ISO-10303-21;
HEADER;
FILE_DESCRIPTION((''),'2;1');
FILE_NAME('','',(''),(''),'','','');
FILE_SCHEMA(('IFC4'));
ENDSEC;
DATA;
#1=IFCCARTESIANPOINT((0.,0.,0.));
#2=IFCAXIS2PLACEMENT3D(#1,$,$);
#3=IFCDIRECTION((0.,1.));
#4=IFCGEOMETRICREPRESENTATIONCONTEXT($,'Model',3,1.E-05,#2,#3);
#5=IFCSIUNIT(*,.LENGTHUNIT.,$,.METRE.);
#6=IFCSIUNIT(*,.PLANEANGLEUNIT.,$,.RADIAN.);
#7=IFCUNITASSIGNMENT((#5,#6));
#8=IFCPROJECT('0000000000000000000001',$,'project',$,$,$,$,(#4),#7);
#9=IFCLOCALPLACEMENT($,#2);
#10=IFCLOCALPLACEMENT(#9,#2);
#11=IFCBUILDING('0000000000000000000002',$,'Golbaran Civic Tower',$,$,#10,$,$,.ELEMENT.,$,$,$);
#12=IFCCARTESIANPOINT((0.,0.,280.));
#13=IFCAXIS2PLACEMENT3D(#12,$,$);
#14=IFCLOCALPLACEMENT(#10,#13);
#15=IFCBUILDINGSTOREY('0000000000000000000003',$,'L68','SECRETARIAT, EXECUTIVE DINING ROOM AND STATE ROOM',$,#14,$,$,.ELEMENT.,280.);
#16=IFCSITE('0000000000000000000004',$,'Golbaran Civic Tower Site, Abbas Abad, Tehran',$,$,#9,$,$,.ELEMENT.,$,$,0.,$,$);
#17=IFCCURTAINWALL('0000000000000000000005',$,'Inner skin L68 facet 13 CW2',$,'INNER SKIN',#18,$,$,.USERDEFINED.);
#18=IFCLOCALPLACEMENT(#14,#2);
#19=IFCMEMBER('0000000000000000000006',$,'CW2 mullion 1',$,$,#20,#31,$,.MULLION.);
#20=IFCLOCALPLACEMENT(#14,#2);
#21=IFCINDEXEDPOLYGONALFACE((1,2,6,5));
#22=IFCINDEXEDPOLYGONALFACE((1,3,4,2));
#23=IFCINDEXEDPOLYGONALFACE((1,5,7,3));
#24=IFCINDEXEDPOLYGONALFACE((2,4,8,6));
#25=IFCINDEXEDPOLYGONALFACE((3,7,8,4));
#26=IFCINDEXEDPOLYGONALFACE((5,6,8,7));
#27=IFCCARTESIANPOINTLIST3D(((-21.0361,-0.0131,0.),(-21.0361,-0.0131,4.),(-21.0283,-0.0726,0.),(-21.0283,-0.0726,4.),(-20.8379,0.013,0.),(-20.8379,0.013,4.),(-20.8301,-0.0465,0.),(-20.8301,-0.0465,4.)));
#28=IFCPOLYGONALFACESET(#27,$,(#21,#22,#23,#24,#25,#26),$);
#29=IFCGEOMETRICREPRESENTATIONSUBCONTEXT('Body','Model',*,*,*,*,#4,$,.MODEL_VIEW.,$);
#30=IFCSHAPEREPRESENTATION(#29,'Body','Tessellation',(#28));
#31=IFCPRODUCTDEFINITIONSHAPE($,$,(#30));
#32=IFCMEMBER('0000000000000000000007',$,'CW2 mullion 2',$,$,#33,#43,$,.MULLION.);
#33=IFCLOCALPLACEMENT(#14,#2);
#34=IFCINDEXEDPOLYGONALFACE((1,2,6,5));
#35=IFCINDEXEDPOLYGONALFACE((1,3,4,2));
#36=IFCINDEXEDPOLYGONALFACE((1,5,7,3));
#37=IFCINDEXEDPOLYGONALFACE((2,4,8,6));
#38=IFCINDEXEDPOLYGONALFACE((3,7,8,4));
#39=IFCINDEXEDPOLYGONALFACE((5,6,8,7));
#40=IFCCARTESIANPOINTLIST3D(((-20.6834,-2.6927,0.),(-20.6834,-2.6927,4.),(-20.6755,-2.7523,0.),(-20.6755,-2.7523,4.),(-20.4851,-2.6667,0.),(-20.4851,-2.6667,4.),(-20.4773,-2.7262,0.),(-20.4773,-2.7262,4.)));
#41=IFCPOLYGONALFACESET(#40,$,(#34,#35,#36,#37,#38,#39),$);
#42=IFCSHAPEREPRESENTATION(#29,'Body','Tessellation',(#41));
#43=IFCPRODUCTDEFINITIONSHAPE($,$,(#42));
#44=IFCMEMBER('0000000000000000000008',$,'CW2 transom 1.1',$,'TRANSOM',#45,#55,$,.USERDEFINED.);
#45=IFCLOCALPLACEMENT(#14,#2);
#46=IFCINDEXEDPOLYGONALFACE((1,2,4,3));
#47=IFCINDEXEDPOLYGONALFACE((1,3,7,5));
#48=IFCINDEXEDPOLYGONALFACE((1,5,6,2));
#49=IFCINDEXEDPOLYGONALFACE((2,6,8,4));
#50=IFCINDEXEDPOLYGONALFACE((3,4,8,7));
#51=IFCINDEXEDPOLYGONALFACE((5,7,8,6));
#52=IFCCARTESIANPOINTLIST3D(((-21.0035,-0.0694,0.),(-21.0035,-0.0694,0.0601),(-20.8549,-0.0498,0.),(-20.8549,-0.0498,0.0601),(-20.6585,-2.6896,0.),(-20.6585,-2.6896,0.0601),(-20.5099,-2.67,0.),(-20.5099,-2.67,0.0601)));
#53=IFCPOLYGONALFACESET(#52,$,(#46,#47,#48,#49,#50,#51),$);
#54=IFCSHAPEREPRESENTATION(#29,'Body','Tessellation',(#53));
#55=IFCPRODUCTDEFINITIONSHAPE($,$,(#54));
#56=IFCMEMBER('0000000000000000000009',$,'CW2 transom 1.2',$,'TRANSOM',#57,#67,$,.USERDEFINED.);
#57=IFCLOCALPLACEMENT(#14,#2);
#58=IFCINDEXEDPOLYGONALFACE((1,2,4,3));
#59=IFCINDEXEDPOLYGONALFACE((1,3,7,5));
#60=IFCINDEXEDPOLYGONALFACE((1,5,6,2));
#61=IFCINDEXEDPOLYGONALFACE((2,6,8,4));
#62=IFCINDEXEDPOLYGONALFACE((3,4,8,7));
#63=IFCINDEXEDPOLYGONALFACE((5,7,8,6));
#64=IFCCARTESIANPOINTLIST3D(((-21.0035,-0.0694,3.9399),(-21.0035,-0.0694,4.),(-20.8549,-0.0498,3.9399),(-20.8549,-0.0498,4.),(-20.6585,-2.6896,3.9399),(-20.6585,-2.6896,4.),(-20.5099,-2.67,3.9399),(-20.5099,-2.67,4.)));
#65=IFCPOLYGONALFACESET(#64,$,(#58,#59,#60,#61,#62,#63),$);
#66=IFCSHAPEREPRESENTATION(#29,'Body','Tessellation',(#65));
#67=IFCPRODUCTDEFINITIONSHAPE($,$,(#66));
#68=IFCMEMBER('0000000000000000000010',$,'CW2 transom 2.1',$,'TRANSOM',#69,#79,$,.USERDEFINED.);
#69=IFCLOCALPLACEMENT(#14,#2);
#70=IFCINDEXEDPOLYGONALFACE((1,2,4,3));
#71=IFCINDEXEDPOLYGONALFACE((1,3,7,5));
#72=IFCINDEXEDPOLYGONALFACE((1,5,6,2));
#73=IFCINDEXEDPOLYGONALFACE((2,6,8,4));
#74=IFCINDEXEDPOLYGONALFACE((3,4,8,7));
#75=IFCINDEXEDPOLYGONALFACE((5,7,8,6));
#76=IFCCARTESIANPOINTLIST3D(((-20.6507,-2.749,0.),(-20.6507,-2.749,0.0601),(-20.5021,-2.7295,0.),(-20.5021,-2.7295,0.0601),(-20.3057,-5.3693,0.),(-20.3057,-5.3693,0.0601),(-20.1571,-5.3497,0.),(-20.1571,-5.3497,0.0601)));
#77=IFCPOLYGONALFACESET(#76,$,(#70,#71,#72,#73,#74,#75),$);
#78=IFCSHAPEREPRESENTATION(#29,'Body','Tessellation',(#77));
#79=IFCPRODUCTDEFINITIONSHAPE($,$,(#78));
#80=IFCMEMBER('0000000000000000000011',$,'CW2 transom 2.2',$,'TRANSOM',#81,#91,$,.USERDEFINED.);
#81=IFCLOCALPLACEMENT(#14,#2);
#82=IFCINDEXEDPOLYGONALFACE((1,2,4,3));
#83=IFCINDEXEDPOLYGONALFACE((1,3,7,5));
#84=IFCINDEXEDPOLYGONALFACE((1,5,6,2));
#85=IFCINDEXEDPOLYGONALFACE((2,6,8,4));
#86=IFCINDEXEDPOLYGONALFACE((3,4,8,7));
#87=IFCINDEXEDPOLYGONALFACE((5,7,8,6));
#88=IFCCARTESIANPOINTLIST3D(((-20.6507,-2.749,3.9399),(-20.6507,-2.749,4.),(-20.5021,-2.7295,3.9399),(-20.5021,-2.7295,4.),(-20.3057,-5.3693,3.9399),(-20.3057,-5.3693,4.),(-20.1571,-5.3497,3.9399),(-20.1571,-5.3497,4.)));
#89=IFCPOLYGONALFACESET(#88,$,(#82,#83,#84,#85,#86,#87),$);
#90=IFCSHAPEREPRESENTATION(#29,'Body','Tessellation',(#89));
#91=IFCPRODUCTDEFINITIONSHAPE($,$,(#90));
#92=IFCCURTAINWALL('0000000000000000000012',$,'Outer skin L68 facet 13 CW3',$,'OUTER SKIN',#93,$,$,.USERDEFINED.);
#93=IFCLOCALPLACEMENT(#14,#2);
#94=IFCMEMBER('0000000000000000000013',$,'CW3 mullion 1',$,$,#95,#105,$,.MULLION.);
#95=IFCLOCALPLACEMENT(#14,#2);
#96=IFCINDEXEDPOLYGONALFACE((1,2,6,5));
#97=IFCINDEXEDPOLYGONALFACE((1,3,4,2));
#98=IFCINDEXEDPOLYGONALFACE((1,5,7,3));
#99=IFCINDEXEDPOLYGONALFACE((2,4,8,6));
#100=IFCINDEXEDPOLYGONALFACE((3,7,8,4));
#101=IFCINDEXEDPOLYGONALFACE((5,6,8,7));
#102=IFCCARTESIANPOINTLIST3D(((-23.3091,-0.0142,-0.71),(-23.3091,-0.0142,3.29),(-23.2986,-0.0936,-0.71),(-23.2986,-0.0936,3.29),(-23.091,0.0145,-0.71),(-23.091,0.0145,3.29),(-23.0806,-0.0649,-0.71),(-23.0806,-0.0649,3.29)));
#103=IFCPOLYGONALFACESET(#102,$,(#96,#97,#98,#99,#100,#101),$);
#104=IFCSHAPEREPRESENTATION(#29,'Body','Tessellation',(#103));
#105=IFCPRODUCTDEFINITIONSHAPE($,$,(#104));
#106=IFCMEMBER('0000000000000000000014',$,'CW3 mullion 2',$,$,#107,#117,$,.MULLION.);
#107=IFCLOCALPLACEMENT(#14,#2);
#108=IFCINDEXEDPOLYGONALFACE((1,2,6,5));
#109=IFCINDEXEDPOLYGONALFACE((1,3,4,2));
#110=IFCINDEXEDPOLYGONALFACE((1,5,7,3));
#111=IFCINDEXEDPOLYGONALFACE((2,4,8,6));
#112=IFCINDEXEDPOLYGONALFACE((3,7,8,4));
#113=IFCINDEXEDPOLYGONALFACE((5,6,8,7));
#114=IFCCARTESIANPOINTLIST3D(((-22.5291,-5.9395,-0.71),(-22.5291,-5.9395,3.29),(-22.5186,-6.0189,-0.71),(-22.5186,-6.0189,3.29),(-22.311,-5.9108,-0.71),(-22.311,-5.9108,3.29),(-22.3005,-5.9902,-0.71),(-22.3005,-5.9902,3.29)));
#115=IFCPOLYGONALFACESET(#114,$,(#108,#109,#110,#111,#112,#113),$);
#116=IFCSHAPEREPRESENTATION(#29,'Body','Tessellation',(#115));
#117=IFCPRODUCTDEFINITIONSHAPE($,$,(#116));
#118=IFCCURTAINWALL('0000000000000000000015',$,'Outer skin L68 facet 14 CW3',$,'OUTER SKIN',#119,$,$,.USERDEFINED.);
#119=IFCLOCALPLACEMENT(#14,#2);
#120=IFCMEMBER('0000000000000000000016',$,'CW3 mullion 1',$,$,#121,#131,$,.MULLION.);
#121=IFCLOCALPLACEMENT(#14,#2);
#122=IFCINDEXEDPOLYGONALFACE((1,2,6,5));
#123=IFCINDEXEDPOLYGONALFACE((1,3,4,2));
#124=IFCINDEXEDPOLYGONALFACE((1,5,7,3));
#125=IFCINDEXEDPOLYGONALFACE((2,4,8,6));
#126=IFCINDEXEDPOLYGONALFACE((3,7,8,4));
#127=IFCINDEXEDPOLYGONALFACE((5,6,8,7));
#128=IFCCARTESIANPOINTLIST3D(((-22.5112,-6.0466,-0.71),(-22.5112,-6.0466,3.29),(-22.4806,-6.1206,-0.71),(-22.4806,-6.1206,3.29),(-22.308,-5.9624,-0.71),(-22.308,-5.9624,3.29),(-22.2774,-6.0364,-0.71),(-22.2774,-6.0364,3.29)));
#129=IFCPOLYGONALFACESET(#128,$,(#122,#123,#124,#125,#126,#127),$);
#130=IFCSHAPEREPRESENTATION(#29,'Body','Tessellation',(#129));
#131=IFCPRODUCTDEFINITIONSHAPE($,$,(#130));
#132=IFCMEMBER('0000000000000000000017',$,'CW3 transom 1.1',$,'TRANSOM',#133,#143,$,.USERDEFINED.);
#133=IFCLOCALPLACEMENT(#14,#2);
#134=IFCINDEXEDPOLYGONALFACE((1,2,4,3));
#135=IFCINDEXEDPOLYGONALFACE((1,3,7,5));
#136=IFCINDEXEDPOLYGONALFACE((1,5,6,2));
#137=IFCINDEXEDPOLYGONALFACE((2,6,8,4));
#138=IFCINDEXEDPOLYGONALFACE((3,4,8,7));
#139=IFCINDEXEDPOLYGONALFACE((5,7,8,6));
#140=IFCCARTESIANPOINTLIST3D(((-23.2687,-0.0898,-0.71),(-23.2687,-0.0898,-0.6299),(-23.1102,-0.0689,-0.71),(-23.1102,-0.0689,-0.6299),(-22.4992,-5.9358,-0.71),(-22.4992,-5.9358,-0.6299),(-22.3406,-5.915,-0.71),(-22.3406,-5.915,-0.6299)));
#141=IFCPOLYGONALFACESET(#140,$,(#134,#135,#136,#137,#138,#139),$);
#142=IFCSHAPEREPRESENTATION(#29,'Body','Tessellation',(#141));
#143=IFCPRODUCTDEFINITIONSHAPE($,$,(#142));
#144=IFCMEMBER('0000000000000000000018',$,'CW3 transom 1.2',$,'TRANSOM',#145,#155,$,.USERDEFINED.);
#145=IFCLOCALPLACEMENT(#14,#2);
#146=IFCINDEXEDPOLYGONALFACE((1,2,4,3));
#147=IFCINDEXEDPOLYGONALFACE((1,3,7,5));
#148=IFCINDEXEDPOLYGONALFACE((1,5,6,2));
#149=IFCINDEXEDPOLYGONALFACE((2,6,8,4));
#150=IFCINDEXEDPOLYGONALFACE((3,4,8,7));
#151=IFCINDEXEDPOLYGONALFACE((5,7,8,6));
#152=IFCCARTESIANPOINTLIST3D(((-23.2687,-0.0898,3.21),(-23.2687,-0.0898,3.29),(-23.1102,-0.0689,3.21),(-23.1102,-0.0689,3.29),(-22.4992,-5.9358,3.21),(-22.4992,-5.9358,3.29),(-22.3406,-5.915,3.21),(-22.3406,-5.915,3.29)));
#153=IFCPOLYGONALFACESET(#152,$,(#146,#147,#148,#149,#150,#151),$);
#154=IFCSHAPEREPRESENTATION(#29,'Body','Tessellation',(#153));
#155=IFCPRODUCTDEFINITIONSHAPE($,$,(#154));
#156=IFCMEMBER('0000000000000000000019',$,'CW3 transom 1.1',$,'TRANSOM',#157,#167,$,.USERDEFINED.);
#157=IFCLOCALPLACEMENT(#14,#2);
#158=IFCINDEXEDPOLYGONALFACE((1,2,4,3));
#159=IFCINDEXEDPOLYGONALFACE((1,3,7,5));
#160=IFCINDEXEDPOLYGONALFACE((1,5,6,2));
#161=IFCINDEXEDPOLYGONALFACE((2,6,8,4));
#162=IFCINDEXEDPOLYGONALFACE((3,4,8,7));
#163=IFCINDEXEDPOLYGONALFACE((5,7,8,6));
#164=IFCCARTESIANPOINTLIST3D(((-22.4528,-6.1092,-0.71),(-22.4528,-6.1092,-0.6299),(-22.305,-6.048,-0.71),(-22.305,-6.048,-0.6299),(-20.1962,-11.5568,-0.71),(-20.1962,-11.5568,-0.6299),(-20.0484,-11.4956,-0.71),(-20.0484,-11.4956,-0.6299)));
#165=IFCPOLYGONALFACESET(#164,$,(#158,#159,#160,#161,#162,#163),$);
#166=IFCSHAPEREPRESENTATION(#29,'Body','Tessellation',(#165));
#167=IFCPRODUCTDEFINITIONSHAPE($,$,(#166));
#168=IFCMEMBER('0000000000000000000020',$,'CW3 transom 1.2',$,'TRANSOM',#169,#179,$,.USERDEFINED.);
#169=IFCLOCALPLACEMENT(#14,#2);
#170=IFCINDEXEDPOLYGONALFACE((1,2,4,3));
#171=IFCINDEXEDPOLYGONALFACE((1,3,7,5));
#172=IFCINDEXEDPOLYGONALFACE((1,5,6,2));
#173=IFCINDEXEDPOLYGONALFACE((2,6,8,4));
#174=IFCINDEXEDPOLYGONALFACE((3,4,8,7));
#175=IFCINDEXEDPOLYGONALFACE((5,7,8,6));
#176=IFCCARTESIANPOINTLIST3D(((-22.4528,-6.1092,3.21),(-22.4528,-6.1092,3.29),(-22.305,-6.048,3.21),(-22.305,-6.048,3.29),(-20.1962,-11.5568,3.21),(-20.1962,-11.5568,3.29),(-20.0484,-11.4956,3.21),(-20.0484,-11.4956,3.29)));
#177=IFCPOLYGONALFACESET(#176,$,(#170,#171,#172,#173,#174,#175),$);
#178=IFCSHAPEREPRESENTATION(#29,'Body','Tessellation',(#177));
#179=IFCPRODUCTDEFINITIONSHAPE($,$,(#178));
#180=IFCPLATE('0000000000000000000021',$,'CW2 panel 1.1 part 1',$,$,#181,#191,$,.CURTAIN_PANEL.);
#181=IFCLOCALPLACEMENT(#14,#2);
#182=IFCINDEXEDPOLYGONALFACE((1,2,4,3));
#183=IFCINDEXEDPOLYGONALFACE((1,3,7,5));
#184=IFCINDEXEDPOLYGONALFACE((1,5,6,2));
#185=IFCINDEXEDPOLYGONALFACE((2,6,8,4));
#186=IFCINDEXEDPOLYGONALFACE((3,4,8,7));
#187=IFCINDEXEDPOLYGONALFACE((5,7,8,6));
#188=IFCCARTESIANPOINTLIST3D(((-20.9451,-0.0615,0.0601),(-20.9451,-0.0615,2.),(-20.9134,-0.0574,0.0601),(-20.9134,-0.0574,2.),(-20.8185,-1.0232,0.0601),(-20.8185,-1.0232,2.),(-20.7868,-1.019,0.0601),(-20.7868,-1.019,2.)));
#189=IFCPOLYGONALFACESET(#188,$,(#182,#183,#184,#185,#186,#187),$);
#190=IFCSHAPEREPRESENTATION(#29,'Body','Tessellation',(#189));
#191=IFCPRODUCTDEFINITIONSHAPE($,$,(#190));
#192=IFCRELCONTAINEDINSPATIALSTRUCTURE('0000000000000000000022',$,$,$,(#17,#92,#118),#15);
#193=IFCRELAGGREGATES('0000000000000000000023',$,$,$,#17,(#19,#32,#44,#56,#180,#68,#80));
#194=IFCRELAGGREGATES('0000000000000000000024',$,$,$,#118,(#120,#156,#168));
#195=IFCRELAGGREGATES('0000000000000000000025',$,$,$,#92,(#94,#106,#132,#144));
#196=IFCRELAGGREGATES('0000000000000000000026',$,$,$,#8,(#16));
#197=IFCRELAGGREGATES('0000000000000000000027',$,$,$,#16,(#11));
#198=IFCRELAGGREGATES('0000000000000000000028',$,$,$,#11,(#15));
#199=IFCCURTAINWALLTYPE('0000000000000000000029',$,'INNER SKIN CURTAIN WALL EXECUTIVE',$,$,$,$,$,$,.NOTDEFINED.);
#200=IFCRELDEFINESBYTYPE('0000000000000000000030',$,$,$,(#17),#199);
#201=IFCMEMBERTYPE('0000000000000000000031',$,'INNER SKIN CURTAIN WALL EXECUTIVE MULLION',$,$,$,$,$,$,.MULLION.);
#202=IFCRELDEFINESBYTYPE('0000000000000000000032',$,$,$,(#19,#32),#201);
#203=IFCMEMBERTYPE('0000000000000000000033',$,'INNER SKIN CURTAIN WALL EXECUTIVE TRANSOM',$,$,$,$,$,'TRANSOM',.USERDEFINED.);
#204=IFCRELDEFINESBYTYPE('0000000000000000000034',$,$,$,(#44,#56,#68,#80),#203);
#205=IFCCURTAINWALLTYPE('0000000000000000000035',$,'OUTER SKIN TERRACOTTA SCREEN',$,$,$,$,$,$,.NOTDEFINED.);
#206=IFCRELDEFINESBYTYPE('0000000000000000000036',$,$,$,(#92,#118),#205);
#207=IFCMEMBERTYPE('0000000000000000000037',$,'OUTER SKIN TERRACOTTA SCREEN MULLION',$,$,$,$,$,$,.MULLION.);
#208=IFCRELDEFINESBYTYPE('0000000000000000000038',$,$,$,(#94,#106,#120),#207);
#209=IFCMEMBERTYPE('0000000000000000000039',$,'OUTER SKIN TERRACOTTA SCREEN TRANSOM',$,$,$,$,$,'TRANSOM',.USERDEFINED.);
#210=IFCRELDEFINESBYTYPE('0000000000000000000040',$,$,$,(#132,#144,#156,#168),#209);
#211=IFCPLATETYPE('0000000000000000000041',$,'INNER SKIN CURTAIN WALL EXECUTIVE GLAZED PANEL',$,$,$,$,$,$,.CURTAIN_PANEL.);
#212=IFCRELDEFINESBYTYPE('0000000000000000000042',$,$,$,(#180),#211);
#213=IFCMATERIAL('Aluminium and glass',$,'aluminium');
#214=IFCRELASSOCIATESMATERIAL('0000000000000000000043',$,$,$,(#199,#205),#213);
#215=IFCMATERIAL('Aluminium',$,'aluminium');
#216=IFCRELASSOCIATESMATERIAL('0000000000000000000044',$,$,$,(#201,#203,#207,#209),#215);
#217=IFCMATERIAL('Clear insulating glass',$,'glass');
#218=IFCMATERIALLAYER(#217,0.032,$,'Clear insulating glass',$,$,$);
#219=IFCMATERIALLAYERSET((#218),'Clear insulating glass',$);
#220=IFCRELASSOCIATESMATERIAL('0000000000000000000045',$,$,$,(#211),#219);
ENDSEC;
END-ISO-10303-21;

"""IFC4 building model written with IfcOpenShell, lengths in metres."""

from ifc_helpers import new_model, si_unit, direction, frame, origin, origin_2d, place, context, subcontext, project, spatial, rectangle, extrude, material, layer, layer_set, material_profile, profile_set, type_object, element, aggregate, save


model = new_model("IFC4")

# Units and contexts
model_context = context("Model", 3, precision=1e-05, world=origin(), true_north=direction((0.0, 1.0)))
body_context = subcontext(model_context, "Body", "Model", "MODEL_VIEW")
ifc_project = project(units=[si_unit("LENGTHUNIT", "METRE"), si_unit("PLANEANGLEUNIT", "RADIAN")], contexts=[model_context])

# Site, building, storey
site_placement = place(None, origin())
site = spatial("IfcSite", under=ifc_project, at=site_placement, Name="Golbaran Civic Tower Site, Abbas Abad, Tehran", CompositionType="ELEMENT", RefElevation=0.0)
building_placement = place(site_placement, origin())
building = spatial("IfcBuilding", under=site, at=building_placement, Name="Golbaran Civic Tower", CompositionType="ELEMENT")
storey_placement = place(building_placement, frame((0.0, 0.0, 280.0)))
storey = spatial("IfcBuildingStorey", under=building, at=storey_placement, Name="L68", Description="SECRETARIAT, EXECUTIVE DINING ROOM AND STATE ROOM", CompositionType="ELEMENT", Elevation=280.0)

# Curtain walls, members
ifc_material_1 = material(Name="Aluminium and glass", Category="aluminium")
curtain_wall_type_1 = type_object("IfcCurtainWallType", Name="INNER SKIN CURTAIN WALL EXECUTIVE", PredefinedType="NOTDEFINED", material=ifc_material_1)
curtain_wall_1_placement = place(storey_placement, origin())
curtain_wall_1 = element("IfcCurtainWall", 1, at=curtain_wall_1_placement, inside=storey, type_object=curtain_wall_type_1, Name="Inner skin L68 facet 13 CW2", ObjectType="INNER SKIN", PredefinedType="USERDEFINED")
ifc_material_2 = material(Name="Aluminium", Category="aluminium")
ifc_material_profile_1 = material_profile(ifc_material_2, rectangle(XDim=0.2, YDim=0.0601, at=origin_2d()), Name="INNER SKIN CURTAIN WALL EXECUTIVE MULLION")
ifc_profile_set_1 = profile_set([ifc_material_profile_1], Name="Aluminium")
member_type_1 = type_object("IfcMemberType", Name="INNER SKIN CURTAIN WALL EXECUTIVE MULLION", PredefinedType="MULLION", material=ifc_profile_set_1)
member_1_placement = place(storey_placement, frame((-20.9331, -0.0298, 0.0), z_axis=(0.0, 0.0, 1.0), x_axis=(0.991445, 0.130526, 0.0)))
member_1 = element("IfcMember", 2, at=member_1_placement, type_object=member_type_1, Name="CW2 mullion 1", PredefinedType="MULLION", context=body_context, shape_type="SweptSolid", body=[
    extrude(rectangle(XDim=0.2, YDim=0.0601, at=origin_2d()), origin(), (0.0, 0.0, 1.0), 4.0),
])
member_2_placement = place(storey_placement, frame((-20.5803, -2.7095, 0.0), z_axis=(0.0, 0.0, 1.0), x_axis=(0.991445, 0.130526, 0.0)))
member_2 = element("IfcMember", 3, at=member_2_placement, type_object=member_type_1, Name="CW2 mullion 2", PredefinedType="MULLION", context=body_context, shape_type="SweptSolid", body=[
    extrude(rectangle(XDim=0.2, YDim=0.0601, at=origin_2d()), origin(), (0.0, 0.0, 1.0), 4.0),
])
ifc_material_profile_2 = material_profile(ifc_material_2, rectangle(XDim=0.1499, YDim=0.0601, at=origin_2d()), Name="INNER SKIN CURTAIN WALL EXECUTIVE TRANSOM")
ifc_profile_set_2 = profile_set([ifc_material_profile_2], Name="Aluminium")
member_type_2 = type_object("IfcMemberType", Name="INNER SKIN CURTAIN WALL EXECUTIVE TRANSOM", ElementType="TRANSOM", PredefinedType="USERDEFINED", material=ifc_profile_set_2)
member_3_placement = place(storey_placement, frame((-20.9292, -0.0596, 0.03), z_axis=(0.130536, -0.991444, 0.0), x_axis=(0.991444, 0.130536, 0.0)))
member_3 = element("IfcMember", 4, at=member_3_placement, type_object=member_type_2, Name="CW2 transom 1.1", ObjectType="TRANSOM", PredefinedType="USERDEFINED", context=body_context, shape_type="SweptSolid", body=[
    extrude(rectangle(XDim=0.1499, YDim=0.0601, at=origin_2d()), origin(), (0.0, 0.0, 1.0), 2.6428),
])
member_4_placement = place(storey_placement, frame((-20.9292, -0.0596, 3.97), z_axis=(0.130536, -0.991444, 0.0), x_axis=(0.991444, 0.130536, 0.0)))
member_4 = element("IfcMember", 5, at=member_4_placement, type_object=member_type_2, Name="CW2 transom 1.2", ObjectType="TRANSOM", PredefinedType="USERDEFINED", context=body_context, shape_type="SweptSolid", body=[
    extrude(rectangle(XDim=0.1499, YDim=0.0601, at=origin_2d()), origin(), (0.0, 0.0, 1.0), 2.6428),
])
member_5_placement = place(storey_placement, frame((-20.5764, -2.7393, 0.03), z_axis=(0.130536, -0.991444, 0.0), x_axis=(0.991444, 0.130536, 0.0)))
member_5 = element("IfcMember", 6, at=member_5_placement, type_object=member_type_2, Name="CW2 transom 2.1", ObjectType="TRANSOM", PredefinedType="USERDEFINED", context=body_context, shape_type="SweptSolid", body=[
    extrude(rectangle(XDim=0.1499, YDim=0.0601, at=origin_2d()), origin(), (0.0, 0.0, 1.0), 2.6428),
])
member_6_placement = place(storey_placement, frame((-20.5764, -2.7393, 3.97), z_axis=(0.130536, -0.991444, 0.0), x_axis=(0.991444, 0.130536, 0.0)))
member_6 = element("IfcMember", 7, at=member_6_placement, type_object=member_type_2, Name="CW2 transom 2.2", ObjectType="TRANSOM", PredefinedType="USERDEFINED", context=body_context, shape_type="SweptSolid", body=[
    extrude(rectangle(XDim=0.1499, YDim=0.0601, at=origin_2d()), origin(), (0.0, 0.0, 1.0), 2.6428),
])
curtain_wall_type_2 = type_object("IfcCurtainWallType", Name="OUTER SKIN TERRACOTTA SCREEN", PredefinedType="NOTDEFINED", material=ifc_material_1)
curtain_wall_2_placement = place(storey_placement, origin())
curtain_wall_2 = element("IfcCurtainWall", 8, at=curtain_wall_2_placement, inside=storey, type_object=curtain_wall_type_2, Name="Outer skin L68 facet 13 CW3", ObjectType="OUTER SKIN", PredefinedType="USERDEFINED")
ifc_material_profile_3 = material_profile(ifc_material_2, rectangle(XDim=0.22, YDim=0.0801, at=origin_2d()), Name="OUTER SKIN TERRACOTTA SCREEN MULLION")
ifc_profile_set_3 = profile_set([ifc_material_profile_3], Name="Aluminium")
member_type_3 = type_object("IfcMemberType", Name="OUTER SKIN TERRACOTTA SCREEN MULLION", PredefinedType="MULLION", material=ifc_profile_set_3)
member_7_placement = place(storey_placement, frame((-23.1948, -0.0396, -0.71), z_axis=(0.0, 0.0, 1.0), x_axis=(0.991445, 0.130526, 0.0)))
member_7 = element("IfcMember", 9, at=member_7_placement, type_object=member_type_3, Name="CW3 mullion 1", PredefinedType="MULLION", context=body_context, shape_type="SweptSolid", body=[
    extrude(rectangle(XDim=0.22, YDim=0.0801, at=origin_2d()), origin(), (0.0, 0.0, 1.0), 4.0),
])
member_8_placement = place(storey_placement, frame((-22.4148, -5.9648, -0.71), z_axis=(0.0, 0.0, 1.0), x_axis=(0.991445, 0.130526, 0.0)))
member_8 = element("IfcMember", 10, at=member_8_placement, type_object=member_type_3, Name="CW3 mullion 2", PredefinedType="MULLION", context=body_context, shape_type="SweptSolid", body=[
    extrude(rectangle(XDim=0.22, YDim=0.0801, at=origin_2d()), origin(), (0.0, 0.0, 1.0), 4.0),
])

# Curtain wall, member
curtain_wall_3_placement = place(storey_placement, origin())
curtain_wall_3 = element("IfcCurtainWall", 11, at=curtain_wall_3_placement, inside=storey, type_object=curtain_wall_type_2, Name="Outer skin L68 facet 14 CW3", ObjectType="OUTER SKIN", PredefinedType="USERDEFINED")
member_9_placement = place(storey_placement, frame((-22.3943, -6.0415, -0.71), z_axis=(0.0, 0.0, 1.0), x_axis=(0.92388, 0.382683, 0.0)))
member_9 = element("IfcMember", 12, at=member_9_placement, type_object=member_type_3, Name="CW3 mullion 1", PredefinedType="MULLION", context=body_context, shape_type="SweptSolid", body=[
    extrude(rectangle(XDim=0.22, YDim=0.0801, at=origin_2d()), origin(), (0.0, 0.0, 1.0), 4.0),
])

# Members
ifc_material_profile_4 = material_profile(ifc_material_2, rectangle(XDim=0.1599, YDim=0.0801, at=origin_2d()), Name="OUTER SKIN TERRACOTTA SCREEN TRANSOM")
ifc_profile_set_4 = profile_set([ifc_material_profile_4], Name="Aluminium")
member_type_4 = type_object("IfcMemberType", Name="OUTER SKIN TERRACOTTA SCREEN TRANSOM", ElementType="TRANSOM", PredefinedType="USERDEFINED", material=ifc_profile_set_4)
member_10_placement = place(storey_placement, frame((-23.1895, -0.0793, -0.6699), z_axis=(0.130509, -0.991447, 0.0), x_axis=(0.991447, 0.130509, 0.0)))
member_10 = element("IfcMember", 13, at=member_10_placement, type_object=member_type_4, Name="CW3 transom 1.1", ObjectType="TRANSOM", PredefinedType="USERDEFINED", context=body_context, shape_type="SweptSolid", body=[
    extrude(rectangle(XDim=0.1599, YDim=0.0801, at=origin_2d()), origin(), (0.0, 0.0, 1.0), 5.8965),
])
member_11_placement = place(storey_placement, frame((-23.1895, -0.0793, 3.25), z_axis=(0.130509, -0.991447, 0.0), x_axis=(0.991447, 0.130509, 0.0)))
member_11 = element("IfcMember", 14, at=member_11_placement, type_object=member_type_4, Name="CW3 transom 1.2", ObjectType="TRANSOM", PredefinedType="USERDEFINED", context=body_context, shape_type="SweptSolid", body=[
    extrude(rectangle(XDim=0.1599, YDim=0.0801, at=origin_2d()), origin(), (0.0, 0.0, 1.0), 5.8965),
])
member_12_placement = place(storey_placement, frame((-22.3789, -6.0786, -0.6699), z_axis=(0.382707, -0.92387, 0.0), x_axis=(0.92387, 0.382707, 0.0)))
member_12 = element("IfcMember", 15, at=member_12_placement, type_object=member_type_4, Name="CW3 transom 1.1", ObjectType="TRANSOM", PredefinedType="USERDEFINED", context=body_context, shape_type="SweptSolid", body=[
    extrude(rectangle(XDim=0.1599, YDim=0.0801, at=origin_2d()), origin(), (0.0, 0.0, 1.0), 5.8965),
])
member_13_placement = place(storey_placement, frame((-22.3789, -6.0786, 3.25), z_axis=(0.382707, -0.92387, 0.0), x_axis=(0.92387, 0.382707, 0.0)))
member_13 = element("IfcMember", 16, at=member_13_placement, type_object=member_type_4, Name="CW3 transom 1.2", ObjectType="TRANSOM", PredefinedType="USERDEFINED", context=body_context, shape_type="SweptSolid", body=[
    extrude(rectangle(XDim=0.1599, YDim=0.0801, at=origin_2d()), origin(), (0.0, 0.0, 1.0), 5.8965),
])

# Plate
ifc_material_3 = material(Name="Clear insulating glass", Category="glass")
ifc_layer_1 = layer(ifc_material_3, 0.032, Name="Clear insulating glass")
ifc_layer_set_1 = layer_set([ifc_layer_1], Name="Clear insulating glass")
plate_type_1 = type_object("IfcPlateType", Name="INNER SKIN CURTAIN WALL EXECUTIVE GLAZED PANEL", PredefinedType="CURTAIN_PANEL", material=ifc_layer_set_1)
plate_1_placement = place(storey_placement, frame((-20.866, -0.5403, 0.0601), z_axis=(0.0, 0.0, 1.0), x_axis=(0.130526, -0.991445, 0.0)))
plate_1 = element("IfcPlate", 17, at=plate_1_placement, type_object=plate_type_1, Name="CW2 panel 1.1 part 1", PredefinedType="CURTAIN_PANEL", context=body_context, shape_type="SweptSolid", body=[
    extrude(rectangle(XDim=0.97, YDim=0.032, at=origin_2d()), origin(), (0.0, 0.0, 1.0), 1.9399),
])
aggregate(curtain_wall_1, [member_1, member_2, member_3, member_4, plate_1, member_5, member_6])
aggregate(curtain_wall_3, [member_9, member_12, member_13])
aggregate(curtain_wall_2, [member_7, member_8, member_10, member_11])

save(model, "model.ifc")
